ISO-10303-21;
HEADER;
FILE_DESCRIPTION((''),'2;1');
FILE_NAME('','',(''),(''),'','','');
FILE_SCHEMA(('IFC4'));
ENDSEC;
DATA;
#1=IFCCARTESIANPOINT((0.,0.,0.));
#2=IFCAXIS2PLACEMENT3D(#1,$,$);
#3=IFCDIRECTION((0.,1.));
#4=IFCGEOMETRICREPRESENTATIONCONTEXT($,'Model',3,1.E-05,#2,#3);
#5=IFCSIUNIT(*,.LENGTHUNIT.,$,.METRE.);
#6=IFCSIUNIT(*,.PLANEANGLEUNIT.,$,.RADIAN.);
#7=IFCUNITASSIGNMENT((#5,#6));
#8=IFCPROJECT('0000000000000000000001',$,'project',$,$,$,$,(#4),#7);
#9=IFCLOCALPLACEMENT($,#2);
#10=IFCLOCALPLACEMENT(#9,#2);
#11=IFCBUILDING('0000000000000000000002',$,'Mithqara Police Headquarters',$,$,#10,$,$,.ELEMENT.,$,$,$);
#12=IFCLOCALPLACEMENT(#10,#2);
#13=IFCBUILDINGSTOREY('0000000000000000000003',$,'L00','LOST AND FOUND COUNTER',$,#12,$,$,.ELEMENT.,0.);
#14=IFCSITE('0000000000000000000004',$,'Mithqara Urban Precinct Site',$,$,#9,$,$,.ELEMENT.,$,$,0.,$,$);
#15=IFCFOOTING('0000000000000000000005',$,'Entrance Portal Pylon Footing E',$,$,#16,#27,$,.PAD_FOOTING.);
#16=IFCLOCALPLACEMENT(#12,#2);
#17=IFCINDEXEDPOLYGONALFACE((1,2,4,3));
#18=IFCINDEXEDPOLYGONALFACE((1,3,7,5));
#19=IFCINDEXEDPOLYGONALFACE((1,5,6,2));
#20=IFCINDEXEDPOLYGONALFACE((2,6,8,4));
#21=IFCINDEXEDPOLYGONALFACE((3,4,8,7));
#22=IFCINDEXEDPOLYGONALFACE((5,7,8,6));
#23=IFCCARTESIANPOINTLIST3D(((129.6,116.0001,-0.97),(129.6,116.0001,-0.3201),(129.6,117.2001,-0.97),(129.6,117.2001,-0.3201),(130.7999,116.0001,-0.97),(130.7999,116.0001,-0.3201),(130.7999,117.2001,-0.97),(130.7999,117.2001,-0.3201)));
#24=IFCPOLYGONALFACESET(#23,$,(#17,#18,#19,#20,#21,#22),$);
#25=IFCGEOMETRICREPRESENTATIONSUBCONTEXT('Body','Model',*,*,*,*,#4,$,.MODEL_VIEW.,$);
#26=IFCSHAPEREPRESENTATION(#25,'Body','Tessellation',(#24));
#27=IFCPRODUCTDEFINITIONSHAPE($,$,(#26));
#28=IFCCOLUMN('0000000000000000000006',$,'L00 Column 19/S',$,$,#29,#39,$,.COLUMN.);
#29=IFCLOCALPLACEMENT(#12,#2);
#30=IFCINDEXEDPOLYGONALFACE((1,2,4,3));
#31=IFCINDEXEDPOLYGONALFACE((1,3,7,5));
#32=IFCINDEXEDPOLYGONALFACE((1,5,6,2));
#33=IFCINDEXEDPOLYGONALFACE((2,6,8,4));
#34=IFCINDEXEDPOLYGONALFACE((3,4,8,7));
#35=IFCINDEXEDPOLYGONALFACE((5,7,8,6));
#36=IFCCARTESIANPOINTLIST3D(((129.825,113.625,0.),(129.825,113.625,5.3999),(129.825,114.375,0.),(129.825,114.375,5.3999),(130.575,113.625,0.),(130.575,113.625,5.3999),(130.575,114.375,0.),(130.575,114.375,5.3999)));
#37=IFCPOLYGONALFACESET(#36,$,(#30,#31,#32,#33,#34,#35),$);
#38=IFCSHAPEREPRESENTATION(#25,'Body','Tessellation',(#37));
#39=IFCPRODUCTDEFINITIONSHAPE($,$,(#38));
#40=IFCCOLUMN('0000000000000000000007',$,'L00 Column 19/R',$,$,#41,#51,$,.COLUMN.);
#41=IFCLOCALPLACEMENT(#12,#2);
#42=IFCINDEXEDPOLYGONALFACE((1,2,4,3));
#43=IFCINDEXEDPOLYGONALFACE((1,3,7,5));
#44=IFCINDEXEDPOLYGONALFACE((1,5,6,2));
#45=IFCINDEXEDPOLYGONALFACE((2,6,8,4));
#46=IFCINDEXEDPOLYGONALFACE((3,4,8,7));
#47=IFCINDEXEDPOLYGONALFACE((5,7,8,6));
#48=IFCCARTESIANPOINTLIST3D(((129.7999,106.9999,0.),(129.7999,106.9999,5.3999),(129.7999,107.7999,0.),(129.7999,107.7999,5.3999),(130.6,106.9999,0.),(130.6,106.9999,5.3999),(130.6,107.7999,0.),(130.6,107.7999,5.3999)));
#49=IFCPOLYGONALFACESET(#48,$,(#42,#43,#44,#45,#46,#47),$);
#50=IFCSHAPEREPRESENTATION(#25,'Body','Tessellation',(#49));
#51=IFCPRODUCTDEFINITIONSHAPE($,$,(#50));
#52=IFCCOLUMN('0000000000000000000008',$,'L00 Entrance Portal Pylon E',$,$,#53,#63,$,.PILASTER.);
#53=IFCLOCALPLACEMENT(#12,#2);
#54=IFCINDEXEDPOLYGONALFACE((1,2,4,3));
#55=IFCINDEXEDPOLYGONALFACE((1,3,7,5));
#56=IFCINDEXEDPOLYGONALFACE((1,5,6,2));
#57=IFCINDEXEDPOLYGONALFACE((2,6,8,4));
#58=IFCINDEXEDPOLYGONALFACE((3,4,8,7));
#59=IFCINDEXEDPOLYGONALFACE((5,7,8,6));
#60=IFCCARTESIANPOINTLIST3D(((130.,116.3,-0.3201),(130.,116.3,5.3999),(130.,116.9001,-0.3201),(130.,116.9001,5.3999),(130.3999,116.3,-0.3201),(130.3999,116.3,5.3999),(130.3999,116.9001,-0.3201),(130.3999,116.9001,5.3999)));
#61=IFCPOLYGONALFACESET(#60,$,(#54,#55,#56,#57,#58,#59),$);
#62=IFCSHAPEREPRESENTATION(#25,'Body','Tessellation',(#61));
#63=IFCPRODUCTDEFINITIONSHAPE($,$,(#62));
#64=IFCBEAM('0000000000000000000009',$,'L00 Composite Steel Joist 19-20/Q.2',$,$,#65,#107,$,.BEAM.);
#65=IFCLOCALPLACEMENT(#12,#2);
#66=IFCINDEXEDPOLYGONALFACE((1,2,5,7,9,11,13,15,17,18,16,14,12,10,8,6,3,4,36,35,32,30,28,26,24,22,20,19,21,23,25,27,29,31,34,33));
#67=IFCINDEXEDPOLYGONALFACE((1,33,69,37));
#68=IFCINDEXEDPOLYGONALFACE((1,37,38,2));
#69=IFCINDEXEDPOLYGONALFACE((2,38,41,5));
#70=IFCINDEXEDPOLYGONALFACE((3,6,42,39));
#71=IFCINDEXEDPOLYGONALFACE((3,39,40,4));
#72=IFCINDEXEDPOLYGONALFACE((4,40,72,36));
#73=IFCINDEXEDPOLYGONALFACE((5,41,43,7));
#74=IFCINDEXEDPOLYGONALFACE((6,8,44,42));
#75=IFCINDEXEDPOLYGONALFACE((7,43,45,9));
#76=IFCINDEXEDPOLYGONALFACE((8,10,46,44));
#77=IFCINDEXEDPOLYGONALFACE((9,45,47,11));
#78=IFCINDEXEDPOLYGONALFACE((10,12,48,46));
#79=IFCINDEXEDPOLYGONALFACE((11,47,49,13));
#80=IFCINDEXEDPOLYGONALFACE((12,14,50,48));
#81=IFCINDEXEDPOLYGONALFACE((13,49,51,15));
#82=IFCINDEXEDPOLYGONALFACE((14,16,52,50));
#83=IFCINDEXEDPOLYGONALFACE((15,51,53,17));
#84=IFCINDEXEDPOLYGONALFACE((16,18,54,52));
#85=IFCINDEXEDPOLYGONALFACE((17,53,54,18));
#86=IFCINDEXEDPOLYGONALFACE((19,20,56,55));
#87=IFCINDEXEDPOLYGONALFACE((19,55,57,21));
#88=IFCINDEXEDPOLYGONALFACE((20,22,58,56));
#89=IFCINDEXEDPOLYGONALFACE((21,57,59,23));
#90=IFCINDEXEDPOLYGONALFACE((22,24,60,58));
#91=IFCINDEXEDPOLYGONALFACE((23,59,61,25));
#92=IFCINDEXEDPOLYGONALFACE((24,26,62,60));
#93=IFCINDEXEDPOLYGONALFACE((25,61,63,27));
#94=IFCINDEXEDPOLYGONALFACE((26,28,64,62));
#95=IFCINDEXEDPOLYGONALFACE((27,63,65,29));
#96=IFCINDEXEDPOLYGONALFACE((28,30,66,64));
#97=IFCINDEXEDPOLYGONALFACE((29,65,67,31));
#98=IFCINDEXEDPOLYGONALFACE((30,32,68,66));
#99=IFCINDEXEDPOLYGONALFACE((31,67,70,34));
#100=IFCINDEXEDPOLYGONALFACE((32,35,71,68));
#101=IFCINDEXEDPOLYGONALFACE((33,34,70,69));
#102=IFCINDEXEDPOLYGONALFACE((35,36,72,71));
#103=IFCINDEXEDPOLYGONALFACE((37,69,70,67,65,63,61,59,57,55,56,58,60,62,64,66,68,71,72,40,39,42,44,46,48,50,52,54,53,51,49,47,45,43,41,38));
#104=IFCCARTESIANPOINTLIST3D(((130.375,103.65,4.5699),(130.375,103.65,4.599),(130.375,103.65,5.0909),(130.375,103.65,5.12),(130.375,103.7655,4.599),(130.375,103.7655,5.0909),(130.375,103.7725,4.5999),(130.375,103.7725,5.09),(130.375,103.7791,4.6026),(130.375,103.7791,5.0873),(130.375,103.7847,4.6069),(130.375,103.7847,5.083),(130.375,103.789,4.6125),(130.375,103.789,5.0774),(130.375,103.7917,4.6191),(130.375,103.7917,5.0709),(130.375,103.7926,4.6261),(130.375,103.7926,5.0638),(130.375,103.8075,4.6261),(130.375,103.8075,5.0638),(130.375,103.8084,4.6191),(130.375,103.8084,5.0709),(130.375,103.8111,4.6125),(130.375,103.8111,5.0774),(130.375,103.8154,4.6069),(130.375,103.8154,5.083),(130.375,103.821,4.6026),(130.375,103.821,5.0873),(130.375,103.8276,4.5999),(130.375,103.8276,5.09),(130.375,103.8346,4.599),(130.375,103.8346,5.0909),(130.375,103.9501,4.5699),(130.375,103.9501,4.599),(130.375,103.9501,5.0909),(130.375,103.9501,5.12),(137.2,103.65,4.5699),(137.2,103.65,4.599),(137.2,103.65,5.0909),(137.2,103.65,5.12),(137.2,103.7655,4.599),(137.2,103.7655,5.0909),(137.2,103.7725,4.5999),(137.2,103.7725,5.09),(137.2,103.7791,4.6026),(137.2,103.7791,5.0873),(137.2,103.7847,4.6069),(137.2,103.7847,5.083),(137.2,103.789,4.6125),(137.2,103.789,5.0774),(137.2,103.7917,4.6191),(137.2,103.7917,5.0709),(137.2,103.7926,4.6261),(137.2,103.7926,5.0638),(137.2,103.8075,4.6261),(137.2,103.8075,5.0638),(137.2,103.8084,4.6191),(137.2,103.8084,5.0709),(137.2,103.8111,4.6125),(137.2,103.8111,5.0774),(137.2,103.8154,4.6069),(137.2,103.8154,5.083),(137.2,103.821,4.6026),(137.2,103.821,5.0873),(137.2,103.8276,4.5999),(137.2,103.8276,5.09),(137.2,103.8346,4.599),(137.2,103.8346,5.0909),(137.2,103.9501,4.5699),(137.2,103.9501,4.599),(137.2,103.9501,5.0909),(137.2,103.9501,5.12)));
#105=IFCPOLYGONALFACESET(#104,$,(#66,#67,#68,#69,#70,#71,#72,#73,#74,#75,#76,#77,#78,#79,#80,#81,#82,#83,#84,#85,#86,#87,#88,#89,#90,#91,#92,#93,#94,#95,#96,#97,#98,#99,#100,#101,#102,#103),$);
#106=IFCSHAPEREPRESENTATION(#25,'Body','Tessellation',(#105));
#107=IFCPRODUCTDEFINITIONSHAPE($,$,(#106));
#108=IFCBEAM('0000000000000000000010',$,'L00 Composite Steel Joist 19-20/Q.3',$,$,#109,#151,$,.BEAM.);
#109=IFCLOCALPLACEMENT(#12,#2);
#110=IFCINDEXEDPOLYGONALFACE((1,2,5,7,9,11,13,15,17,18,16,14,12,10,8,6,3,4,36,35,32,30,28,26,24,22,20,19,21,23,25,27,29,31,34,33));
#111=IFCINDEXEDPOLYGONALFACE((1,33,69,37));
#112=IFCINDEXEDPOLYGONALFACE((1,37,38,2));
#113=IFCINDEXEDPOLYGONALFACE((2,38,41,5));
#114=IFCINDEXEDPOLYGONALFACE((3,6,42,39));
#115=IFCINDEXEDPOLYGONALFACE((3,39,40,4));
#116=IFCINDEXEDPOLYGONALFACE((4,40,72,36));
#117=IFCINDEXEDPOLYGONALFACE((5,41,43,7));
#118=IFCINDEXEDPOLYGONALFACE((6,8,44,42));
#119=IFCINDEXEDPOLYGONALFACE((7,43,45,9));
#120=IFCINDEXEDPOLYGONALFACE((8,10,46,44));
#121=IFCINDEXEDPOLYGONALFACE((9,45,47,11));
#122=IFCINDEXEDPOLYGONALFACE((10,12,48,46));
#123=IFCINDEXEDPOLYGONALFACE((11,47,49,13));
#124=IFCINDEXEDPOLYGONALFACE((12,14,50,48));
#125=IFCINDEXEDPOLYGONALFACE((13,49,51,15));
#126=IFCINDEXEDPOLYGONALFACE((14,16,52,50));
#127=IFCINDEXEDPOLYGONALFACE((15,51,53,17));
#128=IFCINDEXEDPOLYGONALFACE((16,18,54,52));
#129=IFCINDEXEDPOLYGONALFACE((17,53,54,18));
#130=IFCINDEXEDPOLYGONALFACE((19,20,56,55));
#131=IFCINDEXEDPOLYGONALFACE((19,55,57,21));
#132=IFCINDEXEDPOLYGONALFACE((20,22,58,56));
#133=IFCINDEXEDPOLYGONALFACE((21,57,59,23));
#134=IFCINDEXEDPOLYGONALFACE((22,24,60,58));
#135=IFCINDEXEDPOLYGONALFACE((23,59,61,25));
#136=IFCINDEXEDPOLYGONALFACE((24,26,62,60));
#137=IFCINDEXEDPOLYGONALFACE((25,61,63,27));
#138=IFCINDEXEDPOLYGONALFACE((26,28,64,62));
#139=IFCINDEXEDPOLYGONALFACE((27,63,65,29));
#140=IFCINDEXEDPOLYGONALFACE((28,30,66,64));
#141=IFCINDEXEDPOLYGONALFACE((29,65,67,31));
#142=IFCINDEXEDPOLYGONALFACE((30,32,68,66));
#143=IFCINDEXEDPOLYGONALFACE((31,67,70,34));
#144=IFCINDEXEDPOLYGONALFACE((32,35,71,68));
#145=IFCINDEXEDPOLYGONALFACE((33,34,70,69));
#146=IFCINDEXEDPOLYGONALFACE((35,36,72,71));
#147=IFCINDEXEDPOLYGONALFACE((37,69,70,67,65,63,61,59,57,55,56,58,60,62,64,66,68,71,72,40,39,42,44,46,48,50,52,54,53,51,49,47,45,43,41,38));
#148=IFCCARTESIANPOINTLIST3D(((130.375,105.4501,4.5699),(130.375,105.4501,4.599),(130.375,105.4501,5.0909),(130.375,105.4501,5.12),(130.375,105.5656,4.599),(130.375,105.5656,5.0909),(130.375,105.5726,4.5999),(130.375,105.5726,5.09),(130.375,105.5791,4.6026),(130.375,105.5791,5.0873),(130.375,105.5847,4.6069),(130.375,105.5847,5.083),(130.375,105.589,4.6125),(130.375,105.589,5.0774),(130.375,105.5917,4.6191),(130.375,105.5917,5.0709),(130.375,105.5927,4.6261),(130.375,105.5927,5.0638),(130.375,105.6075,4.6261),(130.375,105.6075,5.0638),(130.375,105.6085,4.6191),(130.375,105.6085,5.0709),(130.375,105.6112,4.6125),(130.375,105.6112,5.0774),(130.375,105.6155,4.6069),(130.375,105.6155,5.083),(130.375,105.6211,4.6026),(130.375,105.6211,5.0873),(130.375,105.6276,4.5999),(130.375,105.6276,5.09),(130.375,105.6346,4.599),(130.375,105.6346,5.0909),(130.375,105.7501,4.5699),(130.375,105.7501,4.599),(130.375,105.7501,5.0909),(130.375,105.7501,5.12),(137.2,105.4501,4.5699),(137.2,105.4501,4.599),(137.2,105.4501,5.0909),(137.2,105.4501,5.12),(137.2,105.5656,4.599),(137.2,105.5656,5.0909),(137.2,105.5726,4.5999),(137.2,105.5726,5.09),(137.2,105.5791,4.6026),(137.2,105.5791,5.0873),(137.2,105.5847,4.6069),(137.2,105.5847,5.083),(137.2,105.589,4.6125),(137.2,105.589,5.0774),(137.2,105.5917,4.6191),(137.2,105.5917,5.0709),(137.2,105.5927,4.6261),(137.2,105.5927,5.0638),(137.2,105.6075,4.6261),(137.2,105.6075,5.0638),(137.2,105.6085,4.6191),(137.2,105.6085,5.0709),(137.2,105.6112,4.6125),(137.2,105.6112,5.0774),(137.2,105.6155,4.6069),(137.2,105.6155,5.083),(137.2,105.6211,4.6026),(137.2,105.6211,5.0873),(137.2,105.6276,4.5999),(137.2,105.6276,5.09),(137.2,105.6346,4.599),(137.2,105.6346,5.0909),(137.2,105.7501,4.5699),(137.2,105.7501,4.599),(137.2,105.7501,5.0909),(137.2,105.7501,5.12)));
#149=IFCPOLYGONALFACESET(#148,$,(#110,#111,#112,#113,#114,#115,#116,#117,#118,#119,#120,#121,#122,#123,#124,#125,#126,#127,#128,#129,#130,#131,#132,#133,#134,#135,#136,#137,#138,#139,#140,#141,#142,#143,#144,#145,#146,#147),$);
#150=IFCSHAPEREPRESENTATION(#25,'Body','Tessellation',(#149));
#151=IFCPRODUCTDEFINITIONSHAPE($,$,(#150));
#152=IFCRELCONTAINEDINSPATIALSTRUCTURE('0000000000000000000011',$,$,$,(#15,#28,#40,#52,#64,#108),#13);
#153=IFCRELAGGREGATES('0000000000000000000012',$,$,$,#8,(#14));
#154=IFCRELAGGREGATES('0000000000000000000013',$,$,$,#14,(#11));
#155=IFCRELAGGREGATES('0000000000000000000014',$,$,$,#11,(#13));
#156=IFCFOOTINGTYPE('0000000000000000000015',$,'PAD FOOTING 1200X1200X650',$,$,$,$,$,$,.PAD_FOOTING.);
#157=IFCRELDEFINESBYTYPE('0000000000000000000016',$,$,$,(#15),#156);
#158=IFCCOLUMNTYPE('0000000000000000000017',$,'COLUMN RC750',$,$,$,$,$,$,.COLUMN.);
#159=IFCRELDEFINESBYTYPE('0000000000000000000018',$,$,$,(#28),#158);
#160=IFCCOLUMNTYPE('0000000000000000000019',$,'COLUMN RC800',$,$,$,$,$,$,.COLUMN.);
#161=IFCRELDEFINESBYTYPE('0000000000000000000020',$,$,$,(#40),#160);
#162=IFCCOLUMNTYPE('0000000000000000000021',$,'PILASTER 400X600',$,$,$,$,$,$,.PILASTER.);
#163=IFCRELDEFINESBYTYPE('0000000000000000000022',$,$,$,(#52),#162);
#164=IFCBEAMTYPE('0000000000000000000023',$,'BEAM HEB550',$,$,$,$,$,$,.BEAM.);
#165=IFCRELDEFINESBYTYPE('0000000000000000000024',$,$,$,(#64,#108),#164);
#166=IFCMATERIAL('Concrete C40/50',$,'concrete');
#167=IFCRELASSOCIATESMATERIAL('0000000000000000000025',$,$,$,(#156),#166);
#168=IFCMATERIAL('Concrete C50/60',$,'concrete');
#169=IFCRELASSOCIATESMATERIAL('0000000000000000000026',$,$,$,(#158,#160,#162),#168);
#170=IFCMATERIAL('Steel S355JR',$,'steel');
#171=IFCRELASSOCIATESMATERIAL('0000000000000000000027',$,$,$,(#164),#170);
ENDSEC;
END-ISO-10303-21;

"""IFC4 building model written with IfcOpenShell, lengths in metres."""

from ifc_helpers import new_model, si_unit, direction, frame, origin, origin_2d, place, context, subcontext, project, spatial, rectangle, i_section, extrude, material, material_profile, profile_set, type_object, element, save


model = new_model("IFC4")

# Units and contexts
model_context = context("Model", 3, precision=1e-05, world=origin(), true_north=direction((0.0, 1.0)))
body_context = subcontext(model_context, "Body", "Model", "MODEL_VIEW")
ifc_project = project(units=[si_unit("LENGTHUNIT", "METRE"), si_unit("PLANEANGLEUNIT", "RADIAN")], contexts=[model_context])

# Site, building, storey
site_placement = place(None, origin())
site = spatial("IfcSite", under=ifc_project, at=site_placement, Name="Mithqara Urban Precinct Site", CompositionType="ELEMENT", RefElevation=0.0)
building_placement = place(site_placement, origin())
building = spatial("IfcBuilding", under=site, at=building_placement, Name="Mithqara Police Headquarters", CompositionType="ELEMENT")
storey_placement = place(building_placement, origin())
storey = spatial("IfcBuildingStorey", under=building, at=storey_placement, Name="L00", Description="LOST AND FOUND COUNTER", CompositionType="ELEMENT", Elevation=0.0)

# Footing
ifc_material_1 = material(Name="Concrete C40/50", Category="concrete")
footing_type = type_object("IfcFootingType", Name="PAD FOOTING 1200X1200X650", PredefinedType="PAD_FOOTING", material=ifc_material_1)
footing_placement = place(storey_placement, frame((130.2, 116.6001, -0.97), z_axis=(0.0, 0.0, 1.0), x_axis=(1.0, 0.0, 0.0)))
element("IfcFooting", 1, at=footing_placement, inside=storey, type_object=footing_type, Name="Entrance Portal Pylon Footing E", PredefinedType="PAD_FOOTING", context=body_context, shape_type="SweptSolid", body=[
    extrude(rectangle(XDim=1.2, YDim=1.2, at=origin_2d()), origin(), (0.0, 0.0, 1.0), 0.6499),
])

# Columns
ifc_material_2 = material(Name="Concrete C50/60", Category="concrete")
ifc_material_profile_1 = material_profile(ifc_material_2, rectangle(XDim=0.75, YDim=0.75, at=origin_2d()), Name="RC 750x750")
ifc_profile_set_1 = profile_set([ifc_material_profile_1], Name="Concrete C50/60")
column_type_1 = type_object("IfcColumnType", Name="COLUMN RC750", PredefinedType="COLUMN", material=ifc_profile_set_1)
column_1_placement = place(storey_placement, frame((130.2, 114.0, 0.0), z_axis=(0.0, 0.0, 1.0), x_axis=(1.0, 0.0, 0.0)))
element("IfcColumn", 2, at=column_1_placement, inside=storey, type_object=column_type_1, Name="L00 Column 19/S", PredefinedType="COLUMN", context=body_context, shape_type="SweptSolid", body=[
    extrude(rectangle(XDim=0.75, YDim=0.75, at=origin_2d()), origin(), (0.0, 0.0, 1.0), 5.3999),
])
ifc_material_profile_2 = material_profile(ifc_material_2, rectangle(XDim=0.8, YDim=0.8, at=origin_2d()), Name="RC 800x800")
ifc_profile_set_2 = profile_set([ifc_material_profile_2], Name="Concrete C50/60")
column_type_2 = type_object("IfcColumnType", Name="COLUMN RC800", PredefinedType="COLUMN", material=ifc_profile_set_2)
column_2_placement = place(storey_placement, frame((130.2, 107.3999, 0.0), z_axis=(0.0, 0.0, 1.0), x_axis=(1.0, 0.0, 0.0)))
element("IfcColumn", 3, at=column_2_placement, inside=storey, type_object=column_type_2, Name="L00 Column 19/R", PredefinedType="COLUMN", context=body_context, shape_type="SweptSolid", body=[
    extrude(rectangle(XDim=0.8, YDim=0.8, at=origin_2d()), origin(), (0.0, 0.0, 1.0), 5.3999),
])
ifc_material_profile_3 = material_profile(ifc_material_2, rectangle(XDim=0.3999, YDim=0.6001, at=origin_2d()), Name="PIL 400x600")
ifc_profile_set_3 = profile_set([ifc_material_profile_3], Name="Concrete C50/60")
column_type_3 = type_object("IfcColumnType", Name="PILASTER 400X600", PredefinedType="PILASTER", material=ifc_profile_set_3)
column_3_placement = place(storey_placement, frame((130.2, 116.6001, -0.3201), z_axis=(0.0, 0.0, 1.0), x_axis=(1.0, 0.0, 0.0)))
element("IfcColumn", 4, at=column_3_placement, inside=storey, type_object=column_type_3, Name="L00 Entrance Portal Pylon E", PredefinedType="PILASTER", context=body_context, shape_type="SweptSolid", body=[
    extrude(rectangle(XDim=0.3999, YDim=0.6001, at=origin_2d()), origin(), (0.0, 0.0, 1.0), 5.72),
])

# Beams
ifc_material_3 = material(Name="Steel S355JR", Category="steel")
ifc_material_profile_4 = material_profile(ifc_material_3, i_section(OverallWidth=0.3, OverallDepth=0.55, WebThickness=0.0149, FlangeThickness=0.0291, FilletRadius=0.0271, at=origin_2d()), Name="HEB 550")
ifc_profile_set_4 = profile_set([ifc_material_profile_4], Name="Steel S355JR")
beam_type_1 = type_object("IfcBeamType", Name="BEAM HEB550", PredefinedType="BEAM", material=ifc_profile_set_4)
for number, where, z_axis, x_axis, name in (
    (5, (130.375, 103.8, 4.845), (1.0, 0.0, 0.0), (0.0, 1.0, 0.0), "L00 Composite Steel Joist 19-20/Q.2"),
    (6, (130.375, 105.6001, 4.845), (1.0, 0.0, 0.0), (0.0, 1.0, 0.0), "L00 Composite Steel Joist 19-20/Q.3"),
):
    element("IfcBeam", number, at=place(storey_placement, frame(where, z_axis=z_axis, x_axis=x_axis)), inside=storey, type_object=beam_type_1, Name=name, PredefinedType="BEAM", context=body_context, shape_type="SweptSolid", body=[
        extrude(i_section(OverallWidth=0.3, OverallDepth=0.55, WebThickness=0.0149, FlangeThickness=0.0291, FilletRadius=0.0271, at=origin_2d()), origin(), (0.0, 0.0, 1.0), 6.825),
    ])

save(model, "model.ifc")
